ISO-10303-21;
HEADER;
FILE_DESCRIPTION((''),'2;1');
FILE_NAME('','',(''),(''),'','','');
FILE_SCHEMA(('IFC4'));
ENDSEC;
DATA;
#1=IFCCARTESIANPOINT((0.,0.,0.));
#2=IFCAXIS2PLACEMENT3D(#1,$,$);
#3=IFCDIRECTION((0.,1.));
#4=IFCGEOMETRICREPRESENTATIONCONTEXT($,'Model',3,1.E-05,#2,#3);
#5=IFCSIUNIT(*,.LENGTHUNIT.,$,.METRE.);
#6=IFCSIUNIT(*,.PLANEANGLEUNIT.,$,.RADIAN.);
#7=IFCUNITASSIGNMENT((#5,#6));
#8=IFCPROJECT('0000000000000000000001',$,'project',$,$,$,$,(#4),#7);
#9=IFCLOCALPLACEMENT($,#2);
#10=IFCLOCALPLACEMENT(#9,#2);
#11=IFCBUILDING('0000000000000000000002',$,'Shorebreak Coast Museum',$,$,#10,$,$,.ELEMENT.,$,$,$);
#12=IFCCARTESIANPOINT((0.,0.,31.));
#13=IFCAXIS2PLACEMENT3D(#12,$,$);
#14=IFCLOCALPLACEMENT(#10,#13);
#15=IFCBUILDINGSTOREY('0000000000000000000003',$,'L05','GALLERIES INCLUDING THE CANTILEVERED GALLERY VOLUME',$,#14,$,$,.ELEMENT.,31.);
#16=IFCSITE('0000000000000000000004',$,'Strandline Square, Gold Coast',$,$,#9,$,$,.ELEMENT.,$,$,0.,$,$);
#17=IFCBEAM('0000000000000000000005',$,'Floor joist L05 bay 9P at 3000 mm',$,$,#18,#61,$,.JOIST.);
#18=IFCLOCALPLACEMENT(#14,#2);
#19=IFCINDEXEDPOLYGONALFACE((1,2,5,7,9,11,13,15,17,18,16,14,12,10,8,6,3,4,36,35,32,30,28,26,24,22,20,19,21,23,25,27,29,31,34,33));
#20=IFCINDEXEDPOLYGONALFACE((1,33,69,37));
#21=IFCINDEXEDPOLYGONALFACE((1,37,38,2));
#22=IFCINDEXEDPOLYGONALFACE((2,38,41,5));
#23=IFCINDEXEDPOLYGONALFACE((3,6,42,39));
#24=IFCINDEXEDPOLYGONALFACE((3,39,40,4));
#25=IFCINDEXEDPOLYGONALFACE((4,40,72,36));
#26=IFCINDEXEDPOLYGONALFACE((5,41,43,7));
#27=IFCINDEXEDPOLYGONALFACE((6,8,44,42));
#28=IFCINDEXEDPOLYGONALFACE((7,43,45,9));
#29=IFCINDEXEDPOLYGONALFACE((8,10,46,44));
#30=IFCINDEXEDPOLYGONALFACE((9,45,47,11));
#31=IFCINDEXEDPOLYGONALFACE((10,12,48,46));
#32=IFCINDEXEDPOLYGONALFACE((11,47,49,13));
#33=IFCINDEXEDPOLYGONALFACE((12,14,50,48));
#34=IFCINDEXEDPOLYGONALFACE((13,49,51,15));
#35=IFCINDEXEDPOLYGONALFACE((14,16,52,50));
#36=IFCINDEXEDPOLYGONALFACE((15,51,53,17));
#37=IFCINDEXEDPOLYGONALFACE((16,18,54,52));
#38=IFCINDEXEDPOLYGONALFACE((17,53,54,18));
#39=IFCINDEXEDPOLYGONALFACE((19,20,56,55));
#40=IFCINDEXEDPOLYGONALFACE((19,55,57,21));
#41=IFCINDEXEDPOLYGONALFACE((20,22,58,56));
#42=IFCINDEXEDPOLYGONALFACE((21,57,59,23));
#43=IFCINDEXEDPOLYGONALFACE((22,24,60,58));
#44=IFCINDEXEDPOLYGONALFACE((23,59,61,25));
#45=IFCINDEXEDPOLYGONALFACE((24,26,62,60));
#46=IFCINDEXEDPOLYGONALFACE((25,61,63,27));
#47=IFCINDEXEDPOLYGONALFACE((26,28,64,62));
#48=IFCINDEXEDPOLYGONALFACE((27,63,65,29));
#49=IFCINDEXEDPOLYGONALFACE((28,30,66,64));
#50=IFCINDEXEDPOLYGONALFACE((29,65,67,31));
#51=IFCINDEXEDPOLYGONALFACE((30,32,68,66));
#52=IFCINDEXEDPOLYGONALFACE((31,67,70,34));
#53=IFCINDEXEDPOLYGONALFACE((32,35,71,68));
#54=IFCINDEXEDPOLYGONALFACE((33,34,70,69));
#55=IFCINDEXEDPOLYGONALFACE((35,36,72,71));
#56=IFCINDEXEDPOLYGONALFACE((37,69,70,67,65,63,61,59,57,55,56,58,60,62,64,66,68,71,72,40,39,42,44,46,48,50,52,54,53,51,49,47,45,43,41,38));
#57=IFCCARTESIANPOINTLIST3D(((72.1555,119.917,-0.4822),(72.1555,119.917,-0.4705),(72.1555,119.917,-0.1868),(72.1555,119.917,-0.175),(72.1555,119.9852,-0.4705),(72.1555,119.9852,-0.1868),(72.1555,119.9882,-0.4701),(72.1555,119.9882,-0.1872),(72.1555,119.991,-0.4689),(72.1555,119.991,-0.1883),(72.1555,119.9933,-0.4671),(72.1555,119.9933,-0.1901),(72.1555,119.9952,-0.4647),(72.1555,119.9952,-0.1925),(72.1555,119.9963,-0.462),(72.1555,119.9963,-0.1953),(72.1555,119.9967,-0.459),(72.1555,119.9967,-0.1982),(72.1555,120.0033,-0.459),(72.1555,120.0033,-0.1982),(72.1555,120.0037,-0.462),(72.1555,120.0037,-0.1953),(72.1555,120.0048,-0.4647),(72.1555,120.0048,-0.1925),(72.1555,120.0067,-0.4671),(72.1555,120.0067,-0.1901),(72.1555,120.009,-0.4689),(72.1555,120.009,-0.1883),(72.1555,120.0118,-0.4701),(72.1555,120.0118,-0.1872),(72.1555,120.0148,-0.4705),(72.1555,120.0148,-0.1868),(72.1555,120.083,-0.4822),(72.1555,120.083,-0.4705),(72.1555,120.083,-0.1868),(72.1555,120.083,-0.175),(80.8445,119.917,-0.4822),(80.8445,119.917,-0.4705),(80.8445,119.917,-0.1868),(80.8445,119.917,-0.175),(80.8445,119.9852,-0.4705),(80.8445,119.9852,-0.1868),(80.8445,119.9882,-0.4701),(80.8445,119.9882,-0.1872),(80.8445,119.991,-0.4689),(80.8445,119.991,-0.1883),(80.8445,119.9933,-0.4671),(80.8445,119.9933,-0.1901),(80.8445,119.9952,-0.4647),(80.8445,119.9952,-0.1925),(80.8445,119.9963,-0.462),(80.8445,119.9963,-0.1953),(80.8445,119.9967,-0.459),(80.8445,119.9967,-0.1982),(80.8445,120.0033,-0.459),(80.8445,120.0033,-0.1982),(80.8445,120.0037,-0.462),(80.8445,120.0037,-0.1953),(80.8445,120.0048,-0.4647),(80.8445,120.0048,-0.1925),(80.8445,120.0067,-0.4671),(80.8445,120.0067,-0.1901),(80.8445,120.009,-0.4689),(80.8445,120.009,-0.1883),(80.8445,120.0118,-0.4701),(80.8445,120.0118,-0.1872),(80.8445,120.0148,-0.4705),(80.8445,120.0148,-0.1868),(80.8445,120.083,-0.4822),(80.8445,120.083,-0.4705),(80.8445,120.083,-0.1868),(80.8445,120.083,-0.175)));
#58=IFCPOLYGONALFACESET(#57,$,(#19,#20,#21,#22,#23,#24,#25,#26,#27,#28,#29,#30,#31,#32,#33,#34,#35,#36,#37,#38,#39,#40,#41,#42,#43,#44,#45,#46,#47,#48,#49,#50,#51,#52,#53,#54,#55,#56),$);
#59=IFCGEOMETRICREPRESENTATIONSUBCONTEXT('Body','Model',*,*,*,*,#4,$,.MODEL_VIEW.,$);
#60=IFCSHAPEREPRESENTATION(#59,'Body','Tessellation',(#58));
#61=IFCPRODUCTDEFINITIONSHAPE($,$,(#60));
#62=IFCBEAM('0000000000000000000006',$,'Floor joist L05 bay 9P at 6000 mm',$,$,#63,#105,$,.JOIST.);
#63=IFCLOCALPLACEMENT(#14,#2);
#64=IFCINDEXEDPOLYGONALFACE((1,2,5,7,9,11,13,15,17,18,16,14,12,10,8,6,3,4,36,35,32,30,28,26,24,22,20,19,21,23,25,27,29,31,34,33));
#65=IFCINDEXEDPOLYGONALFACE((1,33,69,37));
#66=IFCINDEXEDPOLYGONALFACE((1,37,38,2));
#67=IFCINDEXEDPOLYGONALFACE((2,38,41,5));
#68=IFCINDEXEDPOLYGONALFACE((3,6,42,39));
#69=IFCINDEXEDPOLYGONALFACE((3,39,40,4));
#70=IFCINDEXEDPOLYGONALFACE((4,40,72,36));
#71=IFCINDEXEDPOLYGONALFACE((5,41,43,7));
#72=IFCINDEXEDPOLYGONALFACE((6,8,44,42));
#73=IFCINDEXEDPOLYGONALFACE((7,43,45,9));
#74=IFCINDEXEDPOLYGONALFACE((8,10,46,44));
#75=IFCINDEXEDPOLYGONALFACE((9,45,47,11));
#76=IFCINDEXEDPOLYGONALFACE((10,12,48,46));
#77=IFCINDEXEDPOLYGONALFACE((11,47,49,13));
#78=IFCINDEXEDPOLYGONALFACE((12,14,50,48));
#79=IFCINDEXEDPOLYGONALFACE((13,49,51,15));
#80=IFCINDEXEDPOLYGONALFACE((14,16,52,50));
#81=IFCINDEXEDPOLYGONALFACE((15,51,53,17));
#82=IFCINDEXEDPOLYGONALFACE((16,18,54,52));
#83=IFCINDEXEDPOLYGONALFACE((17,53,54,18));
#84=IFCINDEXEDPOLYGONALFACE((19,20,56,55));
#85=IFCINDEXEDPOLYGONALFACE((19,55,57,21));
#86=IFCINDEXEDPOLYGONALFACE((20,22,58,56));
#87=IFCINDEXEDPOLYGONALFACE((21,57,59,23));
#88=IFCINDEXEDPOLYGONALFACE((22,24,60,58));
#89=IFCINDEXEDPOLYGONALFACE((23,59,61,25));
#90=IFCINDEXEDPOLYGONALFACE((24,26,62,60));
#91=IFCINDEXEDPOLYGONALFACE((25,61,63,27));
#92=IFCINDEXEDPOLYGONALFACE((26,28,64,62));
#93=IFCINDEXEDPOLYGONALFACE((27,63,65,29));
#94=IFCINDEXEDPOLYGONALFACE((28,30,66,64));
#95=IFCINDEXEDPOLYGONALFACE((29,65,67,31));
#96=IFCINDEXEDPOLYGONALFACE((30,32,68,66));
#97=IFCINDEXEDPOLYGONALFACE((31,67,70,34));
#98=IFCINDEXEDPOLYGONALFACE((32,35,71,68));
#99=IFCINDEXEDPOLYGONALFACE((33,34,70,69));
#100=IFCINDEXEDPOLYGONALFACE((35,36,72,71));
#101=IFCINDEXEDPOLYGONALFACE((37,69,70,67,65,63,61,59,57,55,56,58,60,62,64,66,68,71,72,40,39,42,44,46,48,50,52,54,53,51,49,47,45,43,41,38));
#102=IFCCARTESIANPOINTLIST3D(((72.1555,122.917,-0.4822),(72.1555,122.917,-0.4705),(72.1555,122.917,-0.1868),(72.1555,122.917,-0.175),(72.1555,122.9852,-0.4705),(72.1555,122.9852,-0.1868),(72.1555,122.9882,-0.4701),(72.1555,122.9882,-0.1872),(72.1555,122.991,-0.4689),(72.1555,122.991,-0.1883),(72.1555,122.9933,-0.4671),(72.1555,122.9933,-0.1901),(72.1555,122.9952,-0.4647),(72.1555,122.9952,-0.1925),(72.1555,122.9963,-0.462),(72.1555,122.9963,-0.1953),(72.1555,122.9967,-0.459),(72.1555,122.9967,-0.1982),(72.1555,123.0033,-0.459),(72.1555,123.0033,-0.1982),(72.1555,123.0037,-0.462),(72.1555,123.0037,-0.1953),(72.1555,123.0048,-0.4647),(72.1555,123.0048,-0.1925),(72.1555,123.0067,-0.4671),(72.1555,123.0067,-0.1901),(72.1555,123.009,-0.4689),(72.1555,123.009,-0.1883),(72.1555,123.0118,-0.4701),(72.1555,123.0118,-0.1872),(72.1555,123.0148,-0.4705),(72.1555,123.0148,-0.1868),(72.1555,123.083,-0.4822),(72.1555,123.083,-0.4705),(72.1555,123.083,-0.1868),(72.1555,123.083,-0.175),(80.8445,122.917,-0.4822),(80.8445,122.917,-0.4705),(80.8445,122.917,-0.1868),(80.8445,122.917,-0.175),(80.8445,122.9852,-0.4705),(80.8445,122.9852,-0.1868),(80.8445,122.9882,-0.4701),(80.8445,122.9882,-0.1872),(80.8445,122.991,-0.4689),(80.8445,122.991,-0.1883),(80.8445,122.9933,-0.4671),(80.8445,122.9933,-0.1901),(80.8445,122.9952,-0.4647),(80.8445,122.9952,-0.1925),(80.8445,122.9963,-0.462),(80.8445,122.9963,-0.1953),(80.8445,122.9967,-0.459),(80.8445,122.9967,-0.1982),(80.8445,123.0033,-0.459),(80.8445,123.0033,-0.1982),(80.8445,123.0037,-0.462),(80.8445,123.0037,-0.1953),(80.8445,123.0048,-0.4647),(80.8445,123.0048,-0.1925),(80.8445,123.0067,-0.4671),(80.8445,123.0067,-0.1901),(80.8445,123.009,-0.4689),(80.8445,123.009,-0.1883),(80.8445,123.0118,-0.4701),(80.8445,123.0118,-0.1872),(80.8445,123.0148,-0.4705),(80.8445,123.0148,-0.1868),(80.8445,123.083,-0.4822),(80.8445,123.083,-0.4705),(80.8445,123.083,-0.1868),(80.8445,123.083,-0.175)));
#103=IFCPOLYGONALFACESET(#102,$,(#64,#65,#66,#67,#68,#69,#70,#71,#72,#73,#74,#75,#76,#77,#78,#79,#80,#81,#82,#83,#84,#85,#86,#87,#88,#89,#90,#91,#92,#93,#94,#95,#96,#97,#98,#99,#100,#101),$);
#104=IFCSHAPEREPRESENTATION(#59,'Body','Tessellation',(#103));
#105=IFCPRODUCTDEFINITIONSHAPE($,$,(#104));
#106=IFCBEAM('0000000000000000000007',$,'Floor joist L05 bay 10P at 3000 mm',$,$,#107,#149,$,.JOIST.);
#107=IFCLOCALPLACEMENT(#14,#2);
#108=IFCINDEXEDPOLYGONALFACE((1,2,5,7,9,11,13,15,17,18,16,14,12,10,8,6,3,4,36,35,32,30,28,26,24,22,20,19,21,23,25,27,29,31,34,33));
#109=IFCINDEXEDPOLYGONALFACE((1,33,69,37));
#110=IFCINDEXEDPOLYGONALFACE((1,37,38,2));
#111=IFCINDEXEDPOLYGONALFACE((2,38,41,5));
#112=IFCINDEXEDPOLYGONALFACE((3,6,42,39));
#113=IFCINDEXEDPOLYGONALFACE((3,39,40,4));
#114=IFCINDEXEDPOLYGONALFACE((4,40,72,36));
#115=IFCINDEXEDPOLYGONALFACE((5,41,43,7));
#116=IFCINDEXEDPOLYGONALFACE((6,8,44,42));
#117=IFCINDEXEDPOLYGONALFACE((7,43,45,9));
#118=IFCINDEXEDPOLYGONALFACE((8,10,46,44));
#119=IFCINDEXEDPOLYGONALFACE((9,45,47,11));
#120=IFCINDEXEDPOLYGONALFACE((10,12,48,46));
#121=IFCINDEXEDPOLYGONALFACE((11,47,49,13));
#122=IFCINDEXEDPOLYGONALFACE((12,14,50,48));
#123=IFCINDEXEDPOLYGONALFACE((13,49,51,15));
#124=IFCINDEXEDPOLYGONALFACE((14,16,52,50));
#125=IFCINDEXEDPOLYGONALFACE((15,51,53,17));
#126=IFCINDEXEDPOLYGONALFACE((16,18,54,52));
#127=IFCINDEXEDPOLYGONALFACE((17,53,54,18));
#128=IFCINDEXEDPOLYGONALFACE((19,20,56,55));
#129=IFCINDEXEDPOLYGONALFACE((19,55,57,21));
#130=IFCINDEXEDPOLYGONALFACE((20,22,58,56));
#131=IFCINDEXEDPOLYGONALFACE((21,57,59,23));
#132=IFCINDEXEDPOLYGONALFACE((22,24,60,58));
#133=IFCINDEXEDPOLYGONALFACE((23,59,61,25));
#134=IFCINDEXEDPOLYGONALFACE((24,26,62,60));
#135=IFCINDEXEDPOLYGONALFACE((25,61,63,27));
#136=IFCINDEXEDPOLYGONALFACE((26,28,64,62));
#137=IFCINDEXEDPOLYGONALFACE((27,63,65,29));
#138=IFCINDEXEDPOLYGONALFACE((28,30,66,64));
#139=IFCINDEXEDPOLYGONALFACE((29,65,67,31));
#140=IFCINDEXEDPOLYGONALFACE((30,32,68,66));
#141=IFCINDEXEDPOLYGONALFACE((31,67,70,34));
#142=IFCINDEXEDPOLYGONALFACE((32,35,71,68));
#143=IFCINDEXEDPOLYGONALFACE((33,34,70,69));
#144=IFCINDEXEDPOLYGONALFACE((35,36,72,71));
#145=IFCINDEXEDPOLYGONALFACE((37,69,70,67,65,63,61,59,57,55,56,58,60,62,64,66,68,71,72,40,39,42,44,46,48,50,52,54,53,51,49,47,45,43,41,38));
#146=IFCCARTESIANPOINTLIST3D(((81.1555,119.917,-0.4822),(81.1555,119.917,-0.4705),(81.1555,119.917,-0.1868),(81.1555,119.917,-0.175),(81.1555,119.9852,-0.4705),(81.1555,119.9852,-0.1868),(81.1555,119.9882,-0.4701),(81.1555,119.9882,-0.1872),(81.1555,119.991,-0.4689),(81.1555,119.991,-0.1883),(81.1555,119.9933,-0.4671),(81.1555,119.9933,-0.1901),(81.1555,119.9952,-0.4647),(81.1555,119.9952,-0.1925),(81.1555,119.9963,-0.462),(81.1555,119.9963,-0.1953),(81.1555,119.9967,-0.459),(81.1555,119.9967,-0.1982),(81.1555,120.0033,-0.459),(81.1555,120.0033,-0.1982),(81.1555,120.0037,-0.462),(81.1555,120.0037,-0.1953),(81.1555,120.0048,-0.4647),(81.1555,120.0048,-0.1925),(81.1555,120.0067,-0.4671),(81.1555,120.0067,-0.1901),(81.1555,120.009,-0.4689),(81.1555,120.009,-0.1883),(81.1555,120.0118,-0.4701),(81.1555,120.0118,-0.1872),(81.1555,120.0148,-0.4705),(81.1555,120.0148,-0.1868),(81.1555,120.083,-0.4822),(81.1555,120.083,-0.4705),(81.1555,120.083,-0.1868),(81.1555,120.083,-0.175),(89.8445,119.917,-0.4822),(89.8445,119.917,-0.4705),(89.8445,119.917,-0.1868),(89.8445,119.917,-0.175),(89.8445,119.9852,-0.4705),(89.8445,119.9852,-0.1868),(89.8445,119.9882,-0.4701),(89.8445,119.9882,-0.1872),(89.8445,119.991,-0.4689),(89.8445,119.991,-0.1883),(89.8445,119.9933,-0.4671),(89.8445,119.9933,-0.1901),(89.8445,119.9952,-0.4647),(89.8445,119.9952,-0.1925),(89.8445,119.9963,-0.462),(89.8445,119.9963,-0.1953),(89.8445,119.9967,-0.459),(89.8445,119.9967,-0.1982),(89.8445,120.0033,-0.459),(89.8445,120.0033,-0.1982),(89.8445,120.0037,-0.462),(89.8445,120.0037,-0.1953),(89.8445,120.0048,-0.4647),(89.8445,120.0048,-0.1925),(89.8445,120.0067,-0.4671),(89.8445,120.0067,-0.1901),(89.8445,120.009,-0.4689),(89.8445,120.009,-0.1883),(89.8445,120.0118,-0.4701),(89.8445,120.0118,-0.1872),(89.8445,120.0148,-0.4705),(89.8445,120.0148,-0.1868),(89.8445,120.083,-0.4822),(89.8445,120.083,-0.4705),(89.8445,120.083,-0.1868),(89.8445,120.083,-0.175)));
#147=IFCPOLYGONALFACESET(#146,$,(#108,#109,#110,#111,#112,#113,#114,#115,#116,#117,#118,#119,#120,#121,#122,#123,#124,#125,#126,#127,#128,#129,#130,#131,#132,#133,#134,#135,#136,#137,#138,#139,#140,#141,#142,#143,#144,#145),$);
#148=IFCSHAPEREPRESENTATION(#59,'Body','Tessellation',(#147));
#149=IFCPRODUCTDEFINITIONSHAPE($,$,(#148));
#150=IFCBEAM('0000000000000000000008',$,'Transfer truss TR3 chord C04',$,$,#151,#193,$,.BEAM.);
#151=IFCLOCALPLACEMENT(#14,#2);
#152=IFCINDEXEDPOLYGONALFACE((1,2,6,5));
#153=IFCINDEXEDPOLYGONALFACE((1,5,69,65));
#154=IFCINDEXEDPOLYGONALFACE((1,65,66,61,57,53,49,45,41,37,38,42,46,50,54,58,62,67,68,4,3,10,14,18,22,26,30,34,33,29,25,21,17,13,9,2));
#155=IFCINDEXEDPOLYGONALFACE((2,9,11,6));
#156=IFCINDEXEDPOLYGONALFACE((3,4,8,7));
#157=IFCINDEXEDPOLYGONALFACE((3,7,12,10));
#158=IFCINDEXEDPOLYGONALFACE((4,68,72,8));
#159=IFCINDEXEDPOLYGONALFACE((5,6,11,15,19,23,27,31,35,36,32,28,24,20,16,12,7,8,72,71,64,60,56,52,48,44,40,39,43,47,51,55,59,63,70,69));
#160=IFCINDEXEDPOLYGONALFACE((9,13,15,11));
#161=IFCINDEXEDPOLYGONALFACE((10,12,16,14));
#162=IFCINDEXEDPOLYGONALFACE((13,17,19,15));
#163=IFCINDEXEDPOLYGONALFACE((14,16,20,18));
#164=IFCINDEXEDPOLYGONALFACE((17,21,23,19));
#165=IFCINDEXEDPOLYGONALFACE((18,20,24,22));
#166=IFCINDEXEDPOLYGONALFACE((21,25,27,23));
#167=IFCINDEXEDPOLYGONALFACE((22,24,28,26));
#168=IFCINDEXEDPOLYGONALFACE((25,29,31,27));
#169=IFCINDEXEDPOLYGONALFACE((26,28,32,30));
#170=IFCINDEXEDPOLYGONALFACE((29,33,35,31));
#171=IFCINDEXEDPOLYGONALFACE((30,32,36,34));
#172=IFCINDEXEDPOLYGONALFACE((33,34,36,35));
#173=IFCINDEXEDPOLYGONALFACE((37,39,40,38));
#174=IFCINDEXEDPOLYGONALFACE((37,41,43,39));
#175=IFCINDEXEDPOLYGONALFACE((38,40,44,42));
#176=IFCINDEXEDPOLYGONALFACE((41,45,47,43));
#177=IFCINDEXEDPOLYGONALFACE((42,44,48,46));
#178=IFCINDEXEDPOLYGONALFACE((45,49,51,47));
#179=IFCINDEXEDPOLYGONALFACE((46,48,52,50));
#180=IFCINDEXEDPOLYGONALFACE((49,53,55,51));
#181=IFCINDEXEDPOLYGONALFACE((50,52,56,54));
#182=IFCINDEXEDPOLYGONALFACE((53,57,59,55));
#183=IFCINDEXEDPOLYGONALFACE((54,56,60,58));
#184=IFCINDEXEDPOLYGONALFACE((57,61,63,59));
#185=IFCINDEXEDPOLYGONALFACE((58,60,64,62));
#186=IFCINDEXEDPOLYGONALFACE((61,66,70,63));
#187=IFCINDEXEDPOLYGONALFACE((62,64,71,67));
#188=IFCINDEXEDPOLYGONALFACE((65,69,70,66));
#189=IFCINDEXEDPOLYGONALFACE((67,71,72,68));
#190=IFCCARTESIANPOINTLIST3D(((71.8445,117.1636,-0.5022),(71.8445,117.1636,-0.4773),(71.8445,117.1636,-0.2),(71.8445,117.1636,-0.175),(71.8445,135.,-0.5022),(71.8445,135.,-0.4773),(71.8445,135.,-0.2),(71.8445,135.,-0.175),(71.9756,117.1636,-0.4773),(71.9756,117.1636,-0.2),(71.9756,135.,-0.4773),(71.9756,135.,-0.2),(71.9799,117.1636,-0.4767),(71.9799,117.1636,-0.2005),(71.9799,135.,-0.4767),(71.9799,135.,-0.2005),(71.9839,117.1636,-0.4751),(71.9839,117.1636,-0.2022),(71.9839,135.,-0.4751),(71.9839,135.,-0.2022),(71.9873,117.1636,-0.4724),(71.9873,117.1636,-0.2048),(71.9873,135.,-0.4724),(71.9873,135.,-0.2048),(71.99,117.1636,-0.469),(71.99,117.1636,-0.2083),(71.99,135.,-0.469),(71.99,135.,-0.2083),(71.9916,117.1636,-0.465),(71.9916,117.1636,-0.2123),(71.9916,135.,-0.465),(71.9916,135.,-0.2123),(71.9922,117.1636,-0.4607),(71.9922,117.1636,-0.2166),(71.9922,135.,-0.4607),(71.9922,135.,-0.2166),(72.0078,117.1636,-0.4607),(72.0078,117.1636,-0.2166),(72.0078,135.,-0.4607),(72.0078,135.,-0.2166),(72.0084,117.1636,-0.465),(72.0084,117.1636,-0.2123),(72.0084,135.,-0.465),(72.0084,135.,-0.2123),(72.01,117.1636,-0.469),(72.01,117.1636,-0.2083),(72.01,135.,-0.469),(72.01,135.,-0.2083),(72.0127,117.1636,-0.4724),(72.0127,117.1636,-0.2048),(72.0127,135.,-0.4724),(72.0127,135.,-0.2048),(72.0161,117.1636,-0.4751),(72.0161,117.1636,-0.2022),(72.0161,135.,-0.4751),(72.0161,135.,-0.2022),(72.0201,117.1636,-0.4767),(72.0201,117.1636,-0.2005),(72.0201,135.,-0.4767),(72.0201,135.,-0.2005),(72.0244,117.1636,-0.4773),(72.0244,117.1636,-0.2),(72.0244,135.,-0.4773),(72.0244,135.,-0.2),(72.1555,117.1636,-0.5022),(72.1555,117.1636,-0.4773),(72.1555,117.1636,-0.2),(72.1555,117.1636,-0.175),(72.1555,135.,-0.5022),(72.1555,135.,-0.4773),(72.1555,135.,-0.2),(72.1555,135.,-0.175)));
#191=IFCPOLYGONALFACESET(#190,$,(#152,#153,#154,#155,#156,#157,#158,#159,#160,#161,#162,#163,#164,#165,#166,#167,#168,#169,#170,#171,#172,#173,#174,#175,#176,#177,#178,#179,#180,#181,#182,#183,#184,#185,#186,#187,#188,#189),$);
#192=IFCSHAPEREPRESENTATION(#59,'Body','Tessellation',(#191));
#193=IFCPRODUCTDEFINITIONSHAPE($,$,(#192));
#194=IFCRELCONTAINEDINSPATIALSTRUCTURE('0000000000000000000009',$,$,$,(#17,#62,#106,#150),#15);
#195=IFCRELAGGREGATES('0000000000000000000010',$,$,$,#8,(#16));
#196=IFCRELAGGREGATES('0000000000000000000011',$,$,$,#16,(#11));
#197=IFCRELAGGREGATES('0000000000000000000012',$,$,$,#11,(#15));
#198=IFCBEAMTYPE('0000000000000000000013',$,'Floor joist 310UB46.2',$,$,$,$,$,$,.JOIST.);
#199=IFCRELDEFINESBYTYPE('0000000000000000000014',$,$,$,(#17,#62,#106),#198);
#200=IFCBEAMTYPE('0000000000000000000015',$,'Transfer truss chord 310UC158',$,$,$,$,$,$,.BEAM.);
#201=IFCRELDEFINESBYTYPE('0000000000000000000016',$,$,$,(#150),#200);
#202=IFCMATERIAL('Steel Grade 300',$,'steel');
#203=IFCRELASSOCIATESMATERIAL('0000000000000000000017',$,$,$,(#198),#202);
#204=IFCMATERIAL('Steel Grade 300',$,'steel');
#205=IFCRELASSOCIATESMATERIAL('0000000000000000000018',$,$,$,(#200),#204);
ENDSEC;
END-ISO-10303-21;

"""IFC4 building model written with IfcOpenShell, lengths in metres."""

from ifc_helpers import new_model, si_unit, direction, frame, origin, origin_2d, place, context, subcontext, project, spatial, i_section, extrude, material, material_profile, profile_set, type_object, element, save


model = new_model("IFC4")

# Units and contexts
model_context = context("Model", 3, precision=1e-05, world=origin(), true_north=direction((0.0, 1.0)))
body_context = subcontext(model_context, "Body", "Model", "MODEL_VIEW")
ifc_project = project(units=[si_unit("LENGTHUNIT", "METRE"), si_unit("PLANEANGLEUNIT", "RADIAN")], contexts=[model_context])

# Site, building, storey
site_placement = place(None, origin())
site = spatial("IfcSite", under=ifc_project, at=site_placement, Name="Strandline Square, Gold Coast", CompositionType="ELEMENT", RefElevation=0.0)
building_placement = place(site_placement, origin())
building = spatial("IfcBuilding", under=site, at=building_placement, Name="Shorebreak Coast Museum", CompositionType="ELEMENT")
storey_placement = place(building_placement, frame((0.0, 0.0, 31.0)))
storey = spatial("IfcBuildingStorey", under=building, at=storey_placement, Name="L05", Description="GALLERIES INCLUDING THE CANTILEVERED GALLERY VOLUME", CompositionType="ELEMENT", Elevation=31.0)

# Beams
ifc_material_1 = material(Name="Steel Grade 300", Category="steel")
ifc_material_profile_1 = material_profile(ifc_material_1, i_section(OverallWidth=0.166, OverallDepth=0.3071, WebThickness=0.0066, FlangeThickness=0.0117, FilletRadius=0.0115, at=origin_2d()), Name="310UB46.2")
ifc_profile_set_1 = profile_set([ifc_material_profile_1], Name="Steel Grade 300")
beam_type_1 = type_object("IfcBeamType", Name="Floor joist 310UB46.2", PredefinedType="JOIST", material=ifc_profile_set_1)
for number, where, z_axis, x_axis, name in (
    (1, (72.1555, 120.0, -0.3286), (1.0, 0.0, 0.0), (0.0, 1.0, 0.0), "Floor joist L05 bay 9P at 3000 mm"),
    (2, (72.1555, 123.0, -0.3286), (1.0, 0.0, 0.0), (0.0, 1.0, 0.0), "Floor joist L05 bay 9P at 6000 mm"),
    (3, (81.1555, 120.0, -0.3286), (1.0, 0.0, 0.0), (0.0, 1.0, 0.0), "Floor joist L05 bay 10P at 3000 mm"),
):
    element("IfcBeam", number, at=place(storey_placement, frame(where, z_axis=z_axis, x_axis=x_axis)), inside=storey, type_object=beam_type_1, Name=name, PredefinedType="JOIST", context=body_context, shape_type="SweptSolid", body=[
        extrude(i_section(OverallWidth=0.166, OverallDepth=0.3071, WebThickness=0.0066, FlangeThickness=0.0117, FilletRadius=0.0115, at=origin_2d()), origin(), (0.0, 0.0, 1.0), 8.689),
    ])
ifc_material_2 = material(Name="Steel Grade 300", Category="steel")
ifc_material_profile_2 = material_profile(ifc_material_2, i_section(OverallWidth=0.311, OverallDepth=0.3271, WebThickness=0.0156, FlangeThickness=0.0249, FilletRadius=0.0166, at=origin_2d()), Name="310UC158")
ifc_profile_set_2 = profile_set([ifc_material_profile_2], Name="Steel Grade 300")
beam_type_2 = type_object("IfcBeamType", Name="Transfer truss chord 310UC158", PredefinedType="BEAM", material=ifc_profile_set_2)
for number, where, z_axis, x_axis, name in (
    (4, (72.0, 117.1636, -0.3386), (0.0, 1.0, 0.0), (-1.0, 0.0, 0.0), "Transfer truss TR3 chord C04"),
):
    element("IfcBeam", number, at=place(storey_placement, frame(where, z_axis=z_axis, x_axis=x_axis)), inside=storey, type_object=beam_type_2, Name=name, PredefinedType="BEAM", context=body_context, shape_type="SweptSolid", body=[
        extrude(i_section(OverallWidth=0.311, OverallDepth=0.3271, WebThickness=0.0156, FlangeThickness=0.0249, FilletRadius=0.0166, at=origin_2d()), origin(), (0.0, 0.0, 1.0), 17.8364),
    ])

save(model, "model.ifc")
